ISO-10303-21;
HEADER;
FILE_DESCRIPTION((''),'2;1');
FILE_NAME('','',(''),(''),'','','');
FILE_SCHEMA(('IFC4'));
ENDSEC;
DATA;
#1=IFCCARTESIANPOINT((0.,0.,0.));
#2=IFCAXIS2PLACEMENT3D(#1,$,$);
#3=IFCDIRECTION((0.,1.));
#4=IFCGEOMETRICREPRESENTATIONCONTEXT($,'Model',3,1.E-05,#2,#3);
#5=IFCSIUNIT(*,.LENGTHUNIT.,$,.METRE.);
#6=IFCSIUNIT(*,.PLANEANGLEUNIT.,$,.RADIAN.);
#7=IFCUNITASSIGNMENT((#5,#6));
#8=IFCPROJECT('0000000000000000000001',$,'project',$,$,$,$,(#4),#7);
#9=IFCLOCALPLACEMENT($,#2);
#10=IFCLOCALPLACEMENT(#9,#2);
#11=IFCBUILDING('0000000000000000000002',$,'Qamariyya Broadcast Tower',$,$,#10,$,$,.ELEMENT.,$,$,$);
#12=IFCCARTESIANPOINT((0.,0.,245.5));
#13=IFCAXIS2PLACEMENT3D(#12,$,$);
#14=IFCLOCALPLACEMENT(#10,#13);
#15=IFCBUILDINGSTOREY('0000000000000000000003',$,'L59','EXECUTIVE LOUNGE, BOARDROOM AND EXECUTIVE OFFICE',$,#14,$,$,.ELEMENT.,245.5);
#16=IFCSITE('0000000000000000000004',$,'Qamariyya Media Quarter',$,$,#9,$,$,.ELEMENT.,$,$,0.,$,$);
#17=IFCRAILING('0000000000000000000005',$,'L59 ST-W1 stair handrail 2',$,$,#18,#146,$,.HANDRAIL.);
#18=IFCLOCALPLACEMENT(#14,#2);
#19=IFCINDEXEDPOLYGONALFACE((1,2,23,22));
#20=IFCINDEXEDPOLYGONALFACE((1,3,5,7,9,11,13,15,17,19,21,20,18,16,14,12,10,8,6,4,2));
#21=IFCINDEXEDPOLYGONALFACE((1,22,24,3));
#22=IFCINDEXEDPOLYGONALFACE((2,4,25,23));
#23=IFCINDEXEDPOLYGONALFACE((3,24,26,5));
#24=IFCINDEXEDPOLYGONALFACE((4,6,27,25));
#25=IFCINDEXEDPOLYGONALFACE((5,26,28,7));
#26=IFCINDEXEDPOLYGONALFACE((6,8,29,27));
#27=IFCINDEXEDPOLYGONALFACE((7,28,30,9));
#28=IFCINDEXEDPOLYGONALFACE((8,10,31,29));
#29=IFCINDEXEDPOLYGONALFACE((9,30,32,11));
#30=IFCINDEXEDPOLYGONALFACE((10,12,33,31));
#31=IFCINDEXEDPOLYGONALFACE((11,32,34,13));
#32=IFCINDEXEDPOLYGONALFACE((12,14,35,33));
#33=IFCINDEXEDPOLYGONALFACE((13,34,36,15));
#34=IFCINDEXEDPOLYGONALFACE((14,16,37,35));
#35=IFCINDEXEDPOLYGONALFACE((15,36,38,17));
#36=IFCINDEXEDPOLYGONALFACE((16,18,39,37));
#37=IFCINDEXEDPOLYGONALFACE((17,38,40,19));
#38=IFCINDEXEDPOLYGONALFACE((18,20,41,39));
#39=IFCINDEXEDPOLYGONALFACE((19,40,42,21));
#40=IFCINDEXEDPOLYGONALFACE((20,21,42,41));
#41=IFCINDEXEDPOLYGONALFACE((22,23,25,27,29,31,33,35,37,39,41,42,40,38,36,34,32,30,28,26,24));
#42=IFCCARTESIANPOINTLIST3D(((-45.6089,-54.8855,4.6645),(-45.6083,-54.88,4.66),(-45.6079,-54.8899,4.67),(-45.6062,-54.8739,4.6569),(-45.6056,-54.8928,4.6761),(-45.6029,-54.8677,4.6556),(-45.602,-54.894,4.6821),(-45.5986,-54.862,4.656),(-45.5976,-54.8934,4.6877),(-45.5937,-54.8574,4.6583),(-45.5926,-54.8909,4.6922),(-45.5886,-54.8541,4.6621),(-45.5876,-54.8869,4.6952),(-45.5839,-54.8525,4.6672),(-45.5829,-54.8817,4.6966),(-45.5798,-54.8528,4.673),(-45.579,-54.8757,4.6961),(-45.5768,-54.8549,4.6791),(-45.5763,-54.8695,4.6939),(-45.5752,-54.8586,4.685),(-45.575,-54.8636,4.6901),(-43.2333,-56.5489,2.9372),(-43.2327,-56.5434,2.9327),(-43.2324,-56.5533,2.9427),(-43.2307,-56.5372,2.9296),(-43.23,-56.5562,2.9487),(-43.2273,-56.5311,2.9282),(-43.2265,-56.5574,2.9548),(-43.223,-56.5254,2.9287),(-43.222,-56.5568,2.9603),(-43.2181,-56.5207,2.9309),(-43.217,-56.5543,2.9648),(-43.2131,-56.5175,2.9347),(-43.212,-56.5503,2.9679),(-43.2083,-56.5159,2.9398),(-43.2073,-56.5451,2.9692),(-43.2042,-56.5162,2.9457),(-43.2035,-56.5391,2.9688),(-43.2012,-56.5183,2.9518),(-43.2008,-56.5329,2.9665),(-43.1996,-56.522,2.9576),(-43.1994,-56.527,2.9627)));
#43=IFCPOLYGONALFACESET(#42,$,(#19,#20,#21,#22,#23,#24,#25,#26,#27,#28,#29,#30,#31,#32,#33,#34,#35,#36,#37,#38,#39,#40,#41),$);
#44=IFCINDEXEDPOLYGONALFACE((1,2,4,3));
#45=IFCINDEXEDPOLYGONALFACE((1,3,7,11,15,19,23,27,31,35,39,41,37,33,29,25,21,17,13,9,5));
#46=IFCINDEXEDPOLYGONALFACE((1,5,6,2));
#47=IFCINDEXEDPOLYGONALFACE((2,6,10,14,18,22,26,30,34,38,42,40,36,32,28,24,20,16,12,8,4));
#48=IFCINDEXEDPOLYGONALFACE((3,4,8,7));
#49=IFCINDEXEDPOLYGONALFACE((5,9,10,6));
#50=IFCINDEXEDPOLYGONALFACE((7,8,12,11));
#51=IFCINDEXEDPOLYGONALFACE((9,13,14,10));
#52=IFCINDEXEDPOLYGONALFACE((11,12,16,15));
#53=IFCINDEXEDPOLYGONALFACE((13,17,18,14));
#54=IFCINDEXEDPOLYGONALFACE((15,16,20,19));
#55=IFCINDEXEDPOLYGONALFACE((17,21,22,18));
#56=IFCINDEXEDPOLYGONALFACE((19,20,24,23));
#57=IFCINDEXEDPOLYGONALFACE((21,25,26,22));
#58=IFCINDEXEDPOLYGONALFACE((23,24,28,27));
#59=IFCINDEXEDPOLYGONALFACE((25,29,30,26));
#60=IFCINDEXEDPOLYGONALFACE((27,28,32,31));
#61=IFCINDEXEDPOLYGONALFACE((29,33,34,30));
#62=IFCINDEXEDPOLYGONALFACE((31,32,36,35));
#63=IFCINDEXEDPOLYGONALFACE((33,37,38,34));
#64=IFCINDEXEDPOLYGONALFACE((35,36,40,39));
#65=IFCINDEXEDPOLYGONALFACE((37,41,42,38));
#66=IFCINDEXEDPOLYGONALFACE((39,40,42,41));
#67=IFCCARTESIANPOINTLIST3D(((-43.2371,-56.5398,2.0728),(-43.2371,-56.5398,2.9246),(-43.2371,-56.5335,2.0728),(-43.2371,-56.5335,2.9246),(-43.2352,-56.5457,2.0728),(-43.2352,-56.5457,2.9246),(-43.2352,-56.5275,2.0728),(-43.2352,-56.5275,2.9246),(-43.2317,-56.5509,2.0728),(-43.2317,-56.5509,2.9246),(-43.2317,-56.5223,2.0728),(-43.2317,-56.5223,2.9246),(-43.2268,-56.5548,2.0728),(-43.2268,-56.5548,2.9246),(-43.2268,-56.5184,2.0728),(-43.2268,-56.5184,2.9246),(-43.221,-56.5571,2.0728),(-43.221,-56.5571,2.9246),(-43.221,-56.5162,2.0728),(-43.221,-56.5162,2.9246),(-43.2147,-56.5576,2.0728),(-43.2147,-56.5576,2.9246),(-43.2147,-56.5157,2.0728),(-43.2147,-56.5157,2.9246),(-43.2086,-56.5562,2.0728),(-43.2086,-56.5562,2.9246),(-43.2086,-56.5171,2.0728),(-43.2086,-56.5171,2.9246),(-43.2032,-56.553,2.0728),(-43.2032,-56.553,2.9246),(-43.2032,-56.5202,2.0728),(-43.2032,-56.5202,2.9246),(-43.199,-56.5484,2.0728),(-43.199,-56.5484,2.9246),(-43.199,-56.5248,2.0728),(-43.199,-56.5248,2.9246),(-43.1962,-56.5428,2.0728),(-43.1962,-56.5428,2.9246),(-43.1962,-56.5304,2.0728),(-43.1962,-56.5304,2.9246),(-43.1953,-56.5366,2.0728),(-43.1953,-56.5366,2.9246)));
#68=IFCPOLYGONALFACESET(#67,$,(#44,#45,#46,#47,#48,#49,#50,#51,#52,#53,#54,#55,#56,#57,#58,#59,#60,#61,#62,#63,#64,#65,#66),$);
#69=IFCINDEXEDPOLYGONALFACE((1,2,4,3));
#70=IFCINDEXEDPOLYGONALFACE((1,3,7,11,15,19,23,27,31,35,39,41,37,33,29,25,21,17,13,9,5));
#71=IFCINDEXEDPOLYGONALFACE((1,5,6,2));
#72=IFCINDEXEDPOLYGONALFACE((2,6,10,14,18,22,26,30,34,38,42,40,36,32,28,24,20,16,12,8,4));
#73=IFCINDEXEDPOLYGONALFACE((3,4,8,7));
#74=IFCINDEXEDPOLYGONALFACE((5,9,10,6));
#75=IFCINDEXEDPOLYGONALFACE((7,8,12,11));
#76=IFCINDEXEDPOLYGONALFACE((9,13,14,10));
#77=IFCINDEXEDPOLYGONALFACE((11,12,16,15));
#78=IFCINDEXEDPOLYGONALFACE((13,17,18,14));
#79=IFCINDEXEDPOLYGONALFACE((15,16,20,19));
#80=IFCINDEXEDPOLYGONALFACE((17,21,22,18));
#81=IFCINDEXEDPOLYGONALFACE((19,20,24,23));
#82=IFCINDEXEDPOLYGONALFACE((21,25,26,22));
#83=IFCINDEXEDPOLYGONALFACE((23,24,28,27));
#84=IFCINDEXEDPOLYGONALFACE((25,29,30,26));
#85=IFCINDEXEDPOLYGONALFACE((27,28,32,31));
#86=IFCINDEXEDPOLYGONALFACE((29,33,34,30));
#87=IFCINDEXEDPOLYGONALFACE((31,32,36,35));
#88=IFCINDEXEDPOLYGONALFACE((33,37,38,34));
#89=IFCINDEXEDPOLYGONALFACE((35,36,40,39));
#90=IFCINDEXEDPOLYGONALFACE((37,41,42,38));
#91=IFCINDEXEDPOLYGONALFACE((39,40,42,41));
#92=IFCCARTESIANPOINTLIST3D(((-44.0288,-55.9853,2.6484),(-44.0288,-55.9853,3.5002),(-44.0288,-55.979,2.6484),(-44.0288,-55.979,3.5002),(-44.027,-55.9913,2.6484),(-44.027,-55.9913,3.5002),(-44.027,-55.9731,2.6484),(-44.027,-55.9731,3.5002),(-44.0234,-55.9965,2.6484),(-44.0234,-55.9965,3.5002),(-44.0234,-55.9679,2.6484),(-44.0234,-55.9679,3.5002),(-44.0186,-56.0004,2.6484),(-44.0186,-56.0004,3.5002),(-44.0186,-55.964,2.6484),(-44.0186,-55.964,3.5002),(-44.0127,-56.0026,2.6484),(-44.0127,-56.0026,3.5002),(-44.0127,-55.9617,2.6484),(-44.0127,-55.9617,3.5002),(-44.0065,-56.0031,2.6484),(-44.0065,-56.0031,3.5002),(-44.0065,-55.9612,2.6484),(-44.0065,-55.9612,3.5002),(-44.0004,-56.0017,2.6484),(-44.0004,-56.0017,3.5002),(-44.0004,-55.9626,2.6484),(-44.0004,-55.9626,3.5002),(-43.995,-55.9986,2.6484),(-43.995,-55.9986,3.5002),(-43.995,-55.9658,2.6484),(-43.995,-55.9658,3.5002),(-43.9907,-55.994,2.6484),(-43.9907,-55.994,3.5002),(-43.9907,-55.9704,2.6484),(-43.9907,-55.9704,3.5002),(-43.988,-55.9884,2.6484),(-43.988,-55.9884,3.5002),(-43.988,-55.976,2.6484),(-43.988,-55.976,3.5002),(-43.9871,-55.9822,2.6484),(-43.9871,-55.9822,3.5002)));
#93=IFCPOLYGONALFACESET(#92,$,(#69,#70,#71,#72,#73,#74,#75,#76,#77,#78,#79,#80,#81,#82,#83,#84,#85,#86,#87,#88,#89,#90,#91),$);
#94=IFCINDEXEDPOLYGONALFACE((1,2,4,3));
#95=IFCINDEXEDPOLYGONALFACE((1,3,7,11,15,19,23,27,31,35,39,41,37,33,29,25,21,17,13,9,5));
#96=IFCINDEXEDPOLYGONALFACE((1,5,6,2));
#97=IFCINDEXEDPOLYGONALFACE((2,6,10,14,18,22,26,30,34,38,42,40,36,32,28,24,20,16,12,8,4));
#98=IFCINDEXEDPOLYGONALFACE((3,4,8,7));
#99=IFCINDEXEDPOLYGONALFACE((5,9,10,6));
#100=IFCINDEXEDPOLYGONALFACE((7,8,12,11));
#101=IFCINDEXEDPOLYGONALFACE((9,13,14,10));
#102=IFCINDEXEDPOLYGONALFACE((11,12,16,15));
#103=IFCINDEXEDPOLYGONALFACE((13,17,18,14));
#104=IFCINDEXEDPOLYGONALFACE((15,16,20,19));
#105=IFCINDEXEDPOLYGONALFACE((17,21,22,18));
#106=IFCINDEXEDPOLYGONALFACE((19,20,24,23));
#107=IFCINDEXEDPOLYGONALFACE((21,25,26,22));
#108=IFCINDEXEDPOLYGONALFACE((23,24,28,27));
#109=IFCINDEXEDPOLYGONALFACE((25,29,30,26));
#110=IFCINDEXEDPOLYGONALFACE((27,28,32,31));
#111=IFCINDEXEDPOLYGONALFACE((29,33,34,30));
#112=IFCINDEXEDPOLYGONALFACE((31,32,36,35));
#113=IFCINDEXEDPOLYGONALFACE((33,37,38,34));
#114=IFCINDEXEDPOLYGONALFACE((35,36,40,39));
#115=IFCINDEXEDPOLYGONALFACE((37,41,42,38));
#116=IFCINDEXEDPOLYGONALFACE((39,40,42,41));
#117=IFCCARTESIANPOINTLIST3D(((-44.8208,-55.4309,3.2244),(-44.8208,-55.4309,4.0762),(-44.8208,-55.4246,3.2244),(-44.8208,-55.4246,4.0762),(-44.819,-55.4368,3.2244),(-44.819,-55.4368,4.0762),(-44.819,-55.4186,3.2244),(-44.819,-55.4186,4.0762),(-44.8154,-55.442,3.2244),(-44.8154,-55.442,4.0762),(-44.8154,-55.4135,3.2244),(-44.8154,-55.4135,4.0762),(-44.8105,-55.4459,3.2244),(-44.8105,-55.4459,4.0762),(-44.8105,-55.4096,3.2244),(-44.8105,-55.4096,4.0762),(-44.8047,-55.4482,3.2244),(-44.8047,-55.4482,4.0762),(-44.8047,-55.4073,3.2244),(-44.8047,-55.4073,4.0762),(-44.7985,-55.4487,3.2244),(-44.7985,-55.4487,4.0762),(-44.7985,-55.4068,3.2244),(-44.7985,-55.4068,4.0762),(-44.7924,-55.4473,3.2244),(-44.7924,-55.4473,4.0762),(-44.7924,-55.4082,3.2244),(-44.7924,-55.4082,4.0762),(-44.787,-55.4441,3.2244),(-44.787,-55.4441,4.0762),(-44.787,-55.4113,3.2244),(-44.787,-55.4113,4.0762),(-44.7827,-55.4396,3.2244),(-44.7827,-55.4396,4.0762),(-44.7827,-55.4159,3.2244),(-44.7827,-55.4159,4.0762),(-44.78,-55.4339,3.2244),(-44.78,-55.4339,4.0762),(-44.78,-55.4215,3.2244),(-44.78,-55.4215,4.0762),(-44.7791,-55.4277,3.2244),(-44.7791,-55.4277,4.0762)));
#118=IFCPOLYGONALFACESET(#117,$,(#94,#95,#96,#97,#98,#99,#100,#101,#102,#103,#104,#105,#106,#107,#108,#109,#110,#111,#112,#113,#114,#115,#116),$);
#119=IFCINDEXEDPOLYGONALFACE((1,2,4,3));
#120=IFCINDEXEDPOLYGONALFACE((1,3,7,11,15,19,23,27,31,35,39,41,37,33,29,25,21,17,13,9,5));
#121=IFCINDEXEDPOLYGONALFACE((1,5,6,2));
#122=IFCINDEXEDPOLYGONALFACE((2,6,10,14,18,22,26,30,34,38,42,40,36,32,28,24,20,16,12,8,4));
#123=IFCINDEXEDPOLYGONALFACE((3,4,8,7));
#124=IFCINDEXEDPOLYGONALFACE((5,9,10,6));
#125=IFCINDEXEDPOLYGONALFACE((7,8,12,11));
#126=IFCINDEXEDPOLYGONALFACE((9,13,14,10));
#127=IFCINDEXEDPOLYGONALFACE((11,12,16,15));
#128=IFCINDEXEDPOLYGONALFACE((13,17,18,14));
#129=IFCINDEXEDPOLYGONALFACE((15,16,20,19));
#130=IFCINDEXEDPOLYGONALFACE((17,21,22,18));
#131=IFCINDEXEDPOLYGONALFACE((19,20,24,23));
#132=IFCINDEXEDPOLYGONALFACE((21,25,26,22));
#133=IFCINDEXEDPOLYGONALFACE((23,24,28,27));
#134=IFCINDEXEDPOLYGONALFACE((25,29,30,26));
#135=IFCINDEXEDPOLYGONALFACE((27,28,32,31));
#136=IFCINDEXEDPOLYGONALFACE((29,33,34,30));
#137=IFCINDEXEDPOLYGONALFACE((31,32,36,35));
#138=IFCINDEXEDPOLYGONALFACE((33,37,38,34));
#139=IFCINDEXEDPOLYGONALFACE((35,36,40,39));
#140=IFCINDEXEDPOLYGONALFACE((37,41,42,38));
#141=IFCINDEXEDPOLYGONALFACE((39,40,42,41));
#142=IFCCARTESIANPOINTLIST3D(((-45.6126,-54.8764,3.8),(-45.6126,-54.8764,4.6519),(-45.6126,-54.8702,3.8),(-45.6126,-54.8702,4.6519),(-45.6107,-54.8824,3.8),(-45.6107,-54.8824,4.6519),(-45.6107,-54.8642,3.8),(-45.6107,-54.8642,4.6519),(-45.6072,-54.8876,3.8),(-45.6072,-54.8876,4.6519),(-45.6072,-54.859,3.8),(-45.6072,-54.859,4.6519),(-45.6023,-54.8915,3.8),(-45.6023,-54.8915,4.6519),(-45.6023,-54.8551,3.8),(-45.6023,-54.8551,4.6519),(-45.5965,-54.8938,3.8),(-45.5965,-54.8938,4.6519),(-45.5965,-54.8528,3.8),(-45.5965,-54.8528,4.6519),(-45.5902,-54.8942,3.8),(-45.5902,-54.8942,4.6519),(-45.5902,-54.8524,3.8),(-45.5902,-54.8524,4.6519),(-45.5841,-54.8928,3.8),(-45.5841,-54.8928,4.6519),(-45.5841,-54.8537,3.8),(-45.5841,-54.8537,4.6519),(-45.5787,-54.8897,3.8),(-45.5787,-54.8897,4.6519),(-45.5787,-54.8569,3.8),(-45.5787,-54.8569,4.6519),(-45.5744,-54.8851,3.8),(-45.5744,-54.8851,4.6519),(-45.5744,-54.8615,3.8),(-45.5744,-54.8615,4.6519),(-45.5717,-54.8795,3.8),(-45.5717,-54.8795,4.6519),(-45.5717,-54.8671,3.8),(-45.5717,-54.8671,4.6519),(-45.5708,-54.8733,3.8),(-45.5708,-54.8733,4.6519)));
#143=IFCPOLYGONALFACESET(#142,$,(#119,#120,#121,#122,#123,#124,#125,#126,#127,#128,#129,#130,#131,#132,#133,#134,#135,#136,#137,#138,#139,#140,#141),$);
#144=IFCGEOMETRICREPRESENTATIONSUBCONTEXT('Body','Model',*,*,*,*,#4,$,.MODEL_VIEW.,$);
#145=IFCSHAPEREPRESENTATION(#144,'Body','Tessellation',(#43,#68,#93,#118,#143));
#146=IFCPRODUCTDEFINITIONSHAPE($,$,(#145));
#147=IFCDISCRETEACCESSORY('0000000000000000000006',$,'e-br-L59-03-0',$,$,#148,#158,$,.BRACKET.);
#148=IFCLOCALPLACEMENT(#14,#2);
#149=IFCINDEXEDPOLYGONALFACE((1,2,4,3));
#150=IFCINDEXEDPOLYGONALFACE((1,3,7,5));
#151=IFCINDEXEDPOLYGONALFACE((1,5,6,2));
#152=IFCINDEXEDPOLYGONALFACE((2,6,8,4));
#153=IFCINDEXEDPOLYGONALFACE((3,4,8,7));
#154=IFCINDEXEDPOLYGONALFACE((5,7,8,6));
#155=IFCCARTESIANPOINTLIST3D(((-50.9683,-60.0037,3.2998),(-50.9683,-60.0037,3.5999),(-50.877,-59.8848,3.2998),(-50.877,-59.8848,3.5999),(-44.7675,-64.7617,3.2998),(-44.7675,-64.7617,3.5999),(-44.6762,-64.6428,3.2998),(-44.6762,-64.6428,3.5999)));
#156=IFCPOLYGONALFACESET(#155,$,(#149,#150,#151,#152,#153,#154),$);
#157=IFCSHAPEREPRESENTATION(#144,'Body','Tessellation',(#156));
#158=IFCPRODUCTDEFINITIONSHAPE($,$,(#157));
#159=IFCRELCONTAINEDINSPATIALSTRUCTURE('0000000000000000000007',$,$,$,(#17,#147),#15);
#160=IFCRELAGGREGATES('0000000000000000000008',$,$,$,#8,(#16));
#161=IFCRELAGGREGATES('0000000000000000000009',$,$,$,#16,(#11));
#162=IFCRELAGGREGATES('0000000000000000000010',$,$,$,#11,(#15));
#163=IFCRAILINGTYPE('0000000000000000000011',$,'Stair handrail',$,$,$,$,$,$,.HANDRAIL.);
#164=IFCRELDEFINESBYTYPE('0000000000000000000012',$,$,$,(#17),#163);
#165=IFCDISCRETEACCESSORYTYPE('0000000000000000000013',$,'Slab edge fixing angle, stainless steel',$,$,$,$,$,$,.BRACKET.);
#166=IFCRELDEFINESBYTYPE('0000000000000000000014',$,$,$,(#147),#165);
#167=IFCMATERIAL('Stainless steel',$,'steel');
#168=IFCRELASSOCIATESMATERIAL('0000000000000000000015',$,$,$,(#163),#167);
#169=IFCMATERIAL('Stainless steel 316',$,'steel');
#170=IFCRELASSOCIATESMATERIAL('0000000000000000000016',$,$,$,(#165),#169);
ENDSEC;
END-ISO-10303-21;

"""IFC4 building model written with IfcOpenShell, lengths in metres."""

from ifc_helpers import new_model, si_unit, direction, frame, origin, origin_2d, place, context, subcontext, project, spatial, rectangle, circle, extrude, material, type_object, element, save


model = new_model("IFC4")

# Units and contexts
model_context = context("Model", 3, precision=1e-05, world=origin(), true_north=direction((0.0, 1.0)))
body_context = subcontext(model_context, "Body", "Model", "MODEL_VIEW")
ifc_project = project(units=[si_unit("LENGTHUNIT", "METRE"), si_unit("PLANEANGLEUNIT", "RADIAN")], contexts=[model_context])

# Site, building, storey
site_placement = place(None, origin())
site = spatial("IfcSite", under=ifc_project, at=site_placement, Name="Qamariyya Media Quarter", CompositionType="ELEMENT", RefElevation=0.0)
building_placement = place(site_placement, origin())
building = spatial("IfcBuilding", under=site, at=building_placement, Name="Qamariyya Broadcast Tower", CompositionType="ELEMENT")
storey_placement = place(building_placement, frame((0.0, 0.0, 245.5)))
storey = spatial("IfcBuildingStorey", under=building, at=storey_placement, Name="L59", Description="EXECUTIVE LOUNGE, BOARDROOM AND EXECUTIVE OFFICE", CompositionType="ELEMENT", Elevation=245.5)

# Railing
ifc_material_1 = material(Name="Stainless steel", Category="steel")
railing_type_1 = type_object("IfcRailingType", Name="Stair handrail", PredefinedType="HANDRAIL", material=ifc_material_1)
railing_1_placement = place(storey_placement, frame((-43.2163, -56.5366, 2.0728)))
element("IfcRailing", 1, at=railing_1_placement, inside=storey, type_object=railing_type_1, Name="L59 ST-W1 stair handrail 2", PredefinedType="HANDRAIL", context=body_context, shape_type="SweptSolid", body=[
    extrude(circle(Radius=0.0239, at=origin_2d()), frame((0.0, 0.0, 0.876), z_axis=(-0.70377, 0.492784, 0.511734), x_axis=(-0.573575, -0.819153, 0.0)), (0.0, 0.0, 1.0), 3.3755),
    extrude(circle(Radius=0.021, at=origin_2d()), origin(), (0.0, 0.0, 1.0), 0.8518),
    extrude(circle(Radius=0.021, at=origin_2d()), frame((-0.7917, 0.5544, 0.5757)), (0.0, 0.0, 1.0), 0.8518),
    extrude(circle(Radius=0.021, at=origin_2d()), frame((-1.5837, 1.1089, 1.1516)), (0.0, 0.0, 1.0), 0.8518),
    extrude(circle(Radius=0.021, at=origin_2d()), frame((-2.3755, 1.6633, 1.7273)), (0.0, 0.0, 1.0), 0.8518),
])

# Discrete accessory
ifc_material_2 = material(Name="Stainless steel 316", Category="steel")
discrete_accessory_type = type_object("IfcDiscreteAccessoryType", Name="Slab edge fixing angle, stainless steel", PredefinedType="BRACKET", material=ifc_material_2)
discrete_accessory_placement = place(storey_placement, frame((-47.8223, -62.3232, 3.2998), z_axis=(0.0, 0.0, 1.0), x_axis=(0.793353, -0.608761, 0.0)))
element("IfcDiscreteAccessory", 2, at=discrete_accessory_placement, inside=storey, type_object=discrete_accessory_type, Name="e-br-L59-03-0", PredefinedType="BRACKET", context=body_context, shape_type="SweptSolid", body=[
    extrude(rectangle(XDim=7.8159, YDim=0.1499, at=origin_2d()), origin(), (0.0, 0.0, 1.0), 0.3),
])

save(model, "model.ifc")
